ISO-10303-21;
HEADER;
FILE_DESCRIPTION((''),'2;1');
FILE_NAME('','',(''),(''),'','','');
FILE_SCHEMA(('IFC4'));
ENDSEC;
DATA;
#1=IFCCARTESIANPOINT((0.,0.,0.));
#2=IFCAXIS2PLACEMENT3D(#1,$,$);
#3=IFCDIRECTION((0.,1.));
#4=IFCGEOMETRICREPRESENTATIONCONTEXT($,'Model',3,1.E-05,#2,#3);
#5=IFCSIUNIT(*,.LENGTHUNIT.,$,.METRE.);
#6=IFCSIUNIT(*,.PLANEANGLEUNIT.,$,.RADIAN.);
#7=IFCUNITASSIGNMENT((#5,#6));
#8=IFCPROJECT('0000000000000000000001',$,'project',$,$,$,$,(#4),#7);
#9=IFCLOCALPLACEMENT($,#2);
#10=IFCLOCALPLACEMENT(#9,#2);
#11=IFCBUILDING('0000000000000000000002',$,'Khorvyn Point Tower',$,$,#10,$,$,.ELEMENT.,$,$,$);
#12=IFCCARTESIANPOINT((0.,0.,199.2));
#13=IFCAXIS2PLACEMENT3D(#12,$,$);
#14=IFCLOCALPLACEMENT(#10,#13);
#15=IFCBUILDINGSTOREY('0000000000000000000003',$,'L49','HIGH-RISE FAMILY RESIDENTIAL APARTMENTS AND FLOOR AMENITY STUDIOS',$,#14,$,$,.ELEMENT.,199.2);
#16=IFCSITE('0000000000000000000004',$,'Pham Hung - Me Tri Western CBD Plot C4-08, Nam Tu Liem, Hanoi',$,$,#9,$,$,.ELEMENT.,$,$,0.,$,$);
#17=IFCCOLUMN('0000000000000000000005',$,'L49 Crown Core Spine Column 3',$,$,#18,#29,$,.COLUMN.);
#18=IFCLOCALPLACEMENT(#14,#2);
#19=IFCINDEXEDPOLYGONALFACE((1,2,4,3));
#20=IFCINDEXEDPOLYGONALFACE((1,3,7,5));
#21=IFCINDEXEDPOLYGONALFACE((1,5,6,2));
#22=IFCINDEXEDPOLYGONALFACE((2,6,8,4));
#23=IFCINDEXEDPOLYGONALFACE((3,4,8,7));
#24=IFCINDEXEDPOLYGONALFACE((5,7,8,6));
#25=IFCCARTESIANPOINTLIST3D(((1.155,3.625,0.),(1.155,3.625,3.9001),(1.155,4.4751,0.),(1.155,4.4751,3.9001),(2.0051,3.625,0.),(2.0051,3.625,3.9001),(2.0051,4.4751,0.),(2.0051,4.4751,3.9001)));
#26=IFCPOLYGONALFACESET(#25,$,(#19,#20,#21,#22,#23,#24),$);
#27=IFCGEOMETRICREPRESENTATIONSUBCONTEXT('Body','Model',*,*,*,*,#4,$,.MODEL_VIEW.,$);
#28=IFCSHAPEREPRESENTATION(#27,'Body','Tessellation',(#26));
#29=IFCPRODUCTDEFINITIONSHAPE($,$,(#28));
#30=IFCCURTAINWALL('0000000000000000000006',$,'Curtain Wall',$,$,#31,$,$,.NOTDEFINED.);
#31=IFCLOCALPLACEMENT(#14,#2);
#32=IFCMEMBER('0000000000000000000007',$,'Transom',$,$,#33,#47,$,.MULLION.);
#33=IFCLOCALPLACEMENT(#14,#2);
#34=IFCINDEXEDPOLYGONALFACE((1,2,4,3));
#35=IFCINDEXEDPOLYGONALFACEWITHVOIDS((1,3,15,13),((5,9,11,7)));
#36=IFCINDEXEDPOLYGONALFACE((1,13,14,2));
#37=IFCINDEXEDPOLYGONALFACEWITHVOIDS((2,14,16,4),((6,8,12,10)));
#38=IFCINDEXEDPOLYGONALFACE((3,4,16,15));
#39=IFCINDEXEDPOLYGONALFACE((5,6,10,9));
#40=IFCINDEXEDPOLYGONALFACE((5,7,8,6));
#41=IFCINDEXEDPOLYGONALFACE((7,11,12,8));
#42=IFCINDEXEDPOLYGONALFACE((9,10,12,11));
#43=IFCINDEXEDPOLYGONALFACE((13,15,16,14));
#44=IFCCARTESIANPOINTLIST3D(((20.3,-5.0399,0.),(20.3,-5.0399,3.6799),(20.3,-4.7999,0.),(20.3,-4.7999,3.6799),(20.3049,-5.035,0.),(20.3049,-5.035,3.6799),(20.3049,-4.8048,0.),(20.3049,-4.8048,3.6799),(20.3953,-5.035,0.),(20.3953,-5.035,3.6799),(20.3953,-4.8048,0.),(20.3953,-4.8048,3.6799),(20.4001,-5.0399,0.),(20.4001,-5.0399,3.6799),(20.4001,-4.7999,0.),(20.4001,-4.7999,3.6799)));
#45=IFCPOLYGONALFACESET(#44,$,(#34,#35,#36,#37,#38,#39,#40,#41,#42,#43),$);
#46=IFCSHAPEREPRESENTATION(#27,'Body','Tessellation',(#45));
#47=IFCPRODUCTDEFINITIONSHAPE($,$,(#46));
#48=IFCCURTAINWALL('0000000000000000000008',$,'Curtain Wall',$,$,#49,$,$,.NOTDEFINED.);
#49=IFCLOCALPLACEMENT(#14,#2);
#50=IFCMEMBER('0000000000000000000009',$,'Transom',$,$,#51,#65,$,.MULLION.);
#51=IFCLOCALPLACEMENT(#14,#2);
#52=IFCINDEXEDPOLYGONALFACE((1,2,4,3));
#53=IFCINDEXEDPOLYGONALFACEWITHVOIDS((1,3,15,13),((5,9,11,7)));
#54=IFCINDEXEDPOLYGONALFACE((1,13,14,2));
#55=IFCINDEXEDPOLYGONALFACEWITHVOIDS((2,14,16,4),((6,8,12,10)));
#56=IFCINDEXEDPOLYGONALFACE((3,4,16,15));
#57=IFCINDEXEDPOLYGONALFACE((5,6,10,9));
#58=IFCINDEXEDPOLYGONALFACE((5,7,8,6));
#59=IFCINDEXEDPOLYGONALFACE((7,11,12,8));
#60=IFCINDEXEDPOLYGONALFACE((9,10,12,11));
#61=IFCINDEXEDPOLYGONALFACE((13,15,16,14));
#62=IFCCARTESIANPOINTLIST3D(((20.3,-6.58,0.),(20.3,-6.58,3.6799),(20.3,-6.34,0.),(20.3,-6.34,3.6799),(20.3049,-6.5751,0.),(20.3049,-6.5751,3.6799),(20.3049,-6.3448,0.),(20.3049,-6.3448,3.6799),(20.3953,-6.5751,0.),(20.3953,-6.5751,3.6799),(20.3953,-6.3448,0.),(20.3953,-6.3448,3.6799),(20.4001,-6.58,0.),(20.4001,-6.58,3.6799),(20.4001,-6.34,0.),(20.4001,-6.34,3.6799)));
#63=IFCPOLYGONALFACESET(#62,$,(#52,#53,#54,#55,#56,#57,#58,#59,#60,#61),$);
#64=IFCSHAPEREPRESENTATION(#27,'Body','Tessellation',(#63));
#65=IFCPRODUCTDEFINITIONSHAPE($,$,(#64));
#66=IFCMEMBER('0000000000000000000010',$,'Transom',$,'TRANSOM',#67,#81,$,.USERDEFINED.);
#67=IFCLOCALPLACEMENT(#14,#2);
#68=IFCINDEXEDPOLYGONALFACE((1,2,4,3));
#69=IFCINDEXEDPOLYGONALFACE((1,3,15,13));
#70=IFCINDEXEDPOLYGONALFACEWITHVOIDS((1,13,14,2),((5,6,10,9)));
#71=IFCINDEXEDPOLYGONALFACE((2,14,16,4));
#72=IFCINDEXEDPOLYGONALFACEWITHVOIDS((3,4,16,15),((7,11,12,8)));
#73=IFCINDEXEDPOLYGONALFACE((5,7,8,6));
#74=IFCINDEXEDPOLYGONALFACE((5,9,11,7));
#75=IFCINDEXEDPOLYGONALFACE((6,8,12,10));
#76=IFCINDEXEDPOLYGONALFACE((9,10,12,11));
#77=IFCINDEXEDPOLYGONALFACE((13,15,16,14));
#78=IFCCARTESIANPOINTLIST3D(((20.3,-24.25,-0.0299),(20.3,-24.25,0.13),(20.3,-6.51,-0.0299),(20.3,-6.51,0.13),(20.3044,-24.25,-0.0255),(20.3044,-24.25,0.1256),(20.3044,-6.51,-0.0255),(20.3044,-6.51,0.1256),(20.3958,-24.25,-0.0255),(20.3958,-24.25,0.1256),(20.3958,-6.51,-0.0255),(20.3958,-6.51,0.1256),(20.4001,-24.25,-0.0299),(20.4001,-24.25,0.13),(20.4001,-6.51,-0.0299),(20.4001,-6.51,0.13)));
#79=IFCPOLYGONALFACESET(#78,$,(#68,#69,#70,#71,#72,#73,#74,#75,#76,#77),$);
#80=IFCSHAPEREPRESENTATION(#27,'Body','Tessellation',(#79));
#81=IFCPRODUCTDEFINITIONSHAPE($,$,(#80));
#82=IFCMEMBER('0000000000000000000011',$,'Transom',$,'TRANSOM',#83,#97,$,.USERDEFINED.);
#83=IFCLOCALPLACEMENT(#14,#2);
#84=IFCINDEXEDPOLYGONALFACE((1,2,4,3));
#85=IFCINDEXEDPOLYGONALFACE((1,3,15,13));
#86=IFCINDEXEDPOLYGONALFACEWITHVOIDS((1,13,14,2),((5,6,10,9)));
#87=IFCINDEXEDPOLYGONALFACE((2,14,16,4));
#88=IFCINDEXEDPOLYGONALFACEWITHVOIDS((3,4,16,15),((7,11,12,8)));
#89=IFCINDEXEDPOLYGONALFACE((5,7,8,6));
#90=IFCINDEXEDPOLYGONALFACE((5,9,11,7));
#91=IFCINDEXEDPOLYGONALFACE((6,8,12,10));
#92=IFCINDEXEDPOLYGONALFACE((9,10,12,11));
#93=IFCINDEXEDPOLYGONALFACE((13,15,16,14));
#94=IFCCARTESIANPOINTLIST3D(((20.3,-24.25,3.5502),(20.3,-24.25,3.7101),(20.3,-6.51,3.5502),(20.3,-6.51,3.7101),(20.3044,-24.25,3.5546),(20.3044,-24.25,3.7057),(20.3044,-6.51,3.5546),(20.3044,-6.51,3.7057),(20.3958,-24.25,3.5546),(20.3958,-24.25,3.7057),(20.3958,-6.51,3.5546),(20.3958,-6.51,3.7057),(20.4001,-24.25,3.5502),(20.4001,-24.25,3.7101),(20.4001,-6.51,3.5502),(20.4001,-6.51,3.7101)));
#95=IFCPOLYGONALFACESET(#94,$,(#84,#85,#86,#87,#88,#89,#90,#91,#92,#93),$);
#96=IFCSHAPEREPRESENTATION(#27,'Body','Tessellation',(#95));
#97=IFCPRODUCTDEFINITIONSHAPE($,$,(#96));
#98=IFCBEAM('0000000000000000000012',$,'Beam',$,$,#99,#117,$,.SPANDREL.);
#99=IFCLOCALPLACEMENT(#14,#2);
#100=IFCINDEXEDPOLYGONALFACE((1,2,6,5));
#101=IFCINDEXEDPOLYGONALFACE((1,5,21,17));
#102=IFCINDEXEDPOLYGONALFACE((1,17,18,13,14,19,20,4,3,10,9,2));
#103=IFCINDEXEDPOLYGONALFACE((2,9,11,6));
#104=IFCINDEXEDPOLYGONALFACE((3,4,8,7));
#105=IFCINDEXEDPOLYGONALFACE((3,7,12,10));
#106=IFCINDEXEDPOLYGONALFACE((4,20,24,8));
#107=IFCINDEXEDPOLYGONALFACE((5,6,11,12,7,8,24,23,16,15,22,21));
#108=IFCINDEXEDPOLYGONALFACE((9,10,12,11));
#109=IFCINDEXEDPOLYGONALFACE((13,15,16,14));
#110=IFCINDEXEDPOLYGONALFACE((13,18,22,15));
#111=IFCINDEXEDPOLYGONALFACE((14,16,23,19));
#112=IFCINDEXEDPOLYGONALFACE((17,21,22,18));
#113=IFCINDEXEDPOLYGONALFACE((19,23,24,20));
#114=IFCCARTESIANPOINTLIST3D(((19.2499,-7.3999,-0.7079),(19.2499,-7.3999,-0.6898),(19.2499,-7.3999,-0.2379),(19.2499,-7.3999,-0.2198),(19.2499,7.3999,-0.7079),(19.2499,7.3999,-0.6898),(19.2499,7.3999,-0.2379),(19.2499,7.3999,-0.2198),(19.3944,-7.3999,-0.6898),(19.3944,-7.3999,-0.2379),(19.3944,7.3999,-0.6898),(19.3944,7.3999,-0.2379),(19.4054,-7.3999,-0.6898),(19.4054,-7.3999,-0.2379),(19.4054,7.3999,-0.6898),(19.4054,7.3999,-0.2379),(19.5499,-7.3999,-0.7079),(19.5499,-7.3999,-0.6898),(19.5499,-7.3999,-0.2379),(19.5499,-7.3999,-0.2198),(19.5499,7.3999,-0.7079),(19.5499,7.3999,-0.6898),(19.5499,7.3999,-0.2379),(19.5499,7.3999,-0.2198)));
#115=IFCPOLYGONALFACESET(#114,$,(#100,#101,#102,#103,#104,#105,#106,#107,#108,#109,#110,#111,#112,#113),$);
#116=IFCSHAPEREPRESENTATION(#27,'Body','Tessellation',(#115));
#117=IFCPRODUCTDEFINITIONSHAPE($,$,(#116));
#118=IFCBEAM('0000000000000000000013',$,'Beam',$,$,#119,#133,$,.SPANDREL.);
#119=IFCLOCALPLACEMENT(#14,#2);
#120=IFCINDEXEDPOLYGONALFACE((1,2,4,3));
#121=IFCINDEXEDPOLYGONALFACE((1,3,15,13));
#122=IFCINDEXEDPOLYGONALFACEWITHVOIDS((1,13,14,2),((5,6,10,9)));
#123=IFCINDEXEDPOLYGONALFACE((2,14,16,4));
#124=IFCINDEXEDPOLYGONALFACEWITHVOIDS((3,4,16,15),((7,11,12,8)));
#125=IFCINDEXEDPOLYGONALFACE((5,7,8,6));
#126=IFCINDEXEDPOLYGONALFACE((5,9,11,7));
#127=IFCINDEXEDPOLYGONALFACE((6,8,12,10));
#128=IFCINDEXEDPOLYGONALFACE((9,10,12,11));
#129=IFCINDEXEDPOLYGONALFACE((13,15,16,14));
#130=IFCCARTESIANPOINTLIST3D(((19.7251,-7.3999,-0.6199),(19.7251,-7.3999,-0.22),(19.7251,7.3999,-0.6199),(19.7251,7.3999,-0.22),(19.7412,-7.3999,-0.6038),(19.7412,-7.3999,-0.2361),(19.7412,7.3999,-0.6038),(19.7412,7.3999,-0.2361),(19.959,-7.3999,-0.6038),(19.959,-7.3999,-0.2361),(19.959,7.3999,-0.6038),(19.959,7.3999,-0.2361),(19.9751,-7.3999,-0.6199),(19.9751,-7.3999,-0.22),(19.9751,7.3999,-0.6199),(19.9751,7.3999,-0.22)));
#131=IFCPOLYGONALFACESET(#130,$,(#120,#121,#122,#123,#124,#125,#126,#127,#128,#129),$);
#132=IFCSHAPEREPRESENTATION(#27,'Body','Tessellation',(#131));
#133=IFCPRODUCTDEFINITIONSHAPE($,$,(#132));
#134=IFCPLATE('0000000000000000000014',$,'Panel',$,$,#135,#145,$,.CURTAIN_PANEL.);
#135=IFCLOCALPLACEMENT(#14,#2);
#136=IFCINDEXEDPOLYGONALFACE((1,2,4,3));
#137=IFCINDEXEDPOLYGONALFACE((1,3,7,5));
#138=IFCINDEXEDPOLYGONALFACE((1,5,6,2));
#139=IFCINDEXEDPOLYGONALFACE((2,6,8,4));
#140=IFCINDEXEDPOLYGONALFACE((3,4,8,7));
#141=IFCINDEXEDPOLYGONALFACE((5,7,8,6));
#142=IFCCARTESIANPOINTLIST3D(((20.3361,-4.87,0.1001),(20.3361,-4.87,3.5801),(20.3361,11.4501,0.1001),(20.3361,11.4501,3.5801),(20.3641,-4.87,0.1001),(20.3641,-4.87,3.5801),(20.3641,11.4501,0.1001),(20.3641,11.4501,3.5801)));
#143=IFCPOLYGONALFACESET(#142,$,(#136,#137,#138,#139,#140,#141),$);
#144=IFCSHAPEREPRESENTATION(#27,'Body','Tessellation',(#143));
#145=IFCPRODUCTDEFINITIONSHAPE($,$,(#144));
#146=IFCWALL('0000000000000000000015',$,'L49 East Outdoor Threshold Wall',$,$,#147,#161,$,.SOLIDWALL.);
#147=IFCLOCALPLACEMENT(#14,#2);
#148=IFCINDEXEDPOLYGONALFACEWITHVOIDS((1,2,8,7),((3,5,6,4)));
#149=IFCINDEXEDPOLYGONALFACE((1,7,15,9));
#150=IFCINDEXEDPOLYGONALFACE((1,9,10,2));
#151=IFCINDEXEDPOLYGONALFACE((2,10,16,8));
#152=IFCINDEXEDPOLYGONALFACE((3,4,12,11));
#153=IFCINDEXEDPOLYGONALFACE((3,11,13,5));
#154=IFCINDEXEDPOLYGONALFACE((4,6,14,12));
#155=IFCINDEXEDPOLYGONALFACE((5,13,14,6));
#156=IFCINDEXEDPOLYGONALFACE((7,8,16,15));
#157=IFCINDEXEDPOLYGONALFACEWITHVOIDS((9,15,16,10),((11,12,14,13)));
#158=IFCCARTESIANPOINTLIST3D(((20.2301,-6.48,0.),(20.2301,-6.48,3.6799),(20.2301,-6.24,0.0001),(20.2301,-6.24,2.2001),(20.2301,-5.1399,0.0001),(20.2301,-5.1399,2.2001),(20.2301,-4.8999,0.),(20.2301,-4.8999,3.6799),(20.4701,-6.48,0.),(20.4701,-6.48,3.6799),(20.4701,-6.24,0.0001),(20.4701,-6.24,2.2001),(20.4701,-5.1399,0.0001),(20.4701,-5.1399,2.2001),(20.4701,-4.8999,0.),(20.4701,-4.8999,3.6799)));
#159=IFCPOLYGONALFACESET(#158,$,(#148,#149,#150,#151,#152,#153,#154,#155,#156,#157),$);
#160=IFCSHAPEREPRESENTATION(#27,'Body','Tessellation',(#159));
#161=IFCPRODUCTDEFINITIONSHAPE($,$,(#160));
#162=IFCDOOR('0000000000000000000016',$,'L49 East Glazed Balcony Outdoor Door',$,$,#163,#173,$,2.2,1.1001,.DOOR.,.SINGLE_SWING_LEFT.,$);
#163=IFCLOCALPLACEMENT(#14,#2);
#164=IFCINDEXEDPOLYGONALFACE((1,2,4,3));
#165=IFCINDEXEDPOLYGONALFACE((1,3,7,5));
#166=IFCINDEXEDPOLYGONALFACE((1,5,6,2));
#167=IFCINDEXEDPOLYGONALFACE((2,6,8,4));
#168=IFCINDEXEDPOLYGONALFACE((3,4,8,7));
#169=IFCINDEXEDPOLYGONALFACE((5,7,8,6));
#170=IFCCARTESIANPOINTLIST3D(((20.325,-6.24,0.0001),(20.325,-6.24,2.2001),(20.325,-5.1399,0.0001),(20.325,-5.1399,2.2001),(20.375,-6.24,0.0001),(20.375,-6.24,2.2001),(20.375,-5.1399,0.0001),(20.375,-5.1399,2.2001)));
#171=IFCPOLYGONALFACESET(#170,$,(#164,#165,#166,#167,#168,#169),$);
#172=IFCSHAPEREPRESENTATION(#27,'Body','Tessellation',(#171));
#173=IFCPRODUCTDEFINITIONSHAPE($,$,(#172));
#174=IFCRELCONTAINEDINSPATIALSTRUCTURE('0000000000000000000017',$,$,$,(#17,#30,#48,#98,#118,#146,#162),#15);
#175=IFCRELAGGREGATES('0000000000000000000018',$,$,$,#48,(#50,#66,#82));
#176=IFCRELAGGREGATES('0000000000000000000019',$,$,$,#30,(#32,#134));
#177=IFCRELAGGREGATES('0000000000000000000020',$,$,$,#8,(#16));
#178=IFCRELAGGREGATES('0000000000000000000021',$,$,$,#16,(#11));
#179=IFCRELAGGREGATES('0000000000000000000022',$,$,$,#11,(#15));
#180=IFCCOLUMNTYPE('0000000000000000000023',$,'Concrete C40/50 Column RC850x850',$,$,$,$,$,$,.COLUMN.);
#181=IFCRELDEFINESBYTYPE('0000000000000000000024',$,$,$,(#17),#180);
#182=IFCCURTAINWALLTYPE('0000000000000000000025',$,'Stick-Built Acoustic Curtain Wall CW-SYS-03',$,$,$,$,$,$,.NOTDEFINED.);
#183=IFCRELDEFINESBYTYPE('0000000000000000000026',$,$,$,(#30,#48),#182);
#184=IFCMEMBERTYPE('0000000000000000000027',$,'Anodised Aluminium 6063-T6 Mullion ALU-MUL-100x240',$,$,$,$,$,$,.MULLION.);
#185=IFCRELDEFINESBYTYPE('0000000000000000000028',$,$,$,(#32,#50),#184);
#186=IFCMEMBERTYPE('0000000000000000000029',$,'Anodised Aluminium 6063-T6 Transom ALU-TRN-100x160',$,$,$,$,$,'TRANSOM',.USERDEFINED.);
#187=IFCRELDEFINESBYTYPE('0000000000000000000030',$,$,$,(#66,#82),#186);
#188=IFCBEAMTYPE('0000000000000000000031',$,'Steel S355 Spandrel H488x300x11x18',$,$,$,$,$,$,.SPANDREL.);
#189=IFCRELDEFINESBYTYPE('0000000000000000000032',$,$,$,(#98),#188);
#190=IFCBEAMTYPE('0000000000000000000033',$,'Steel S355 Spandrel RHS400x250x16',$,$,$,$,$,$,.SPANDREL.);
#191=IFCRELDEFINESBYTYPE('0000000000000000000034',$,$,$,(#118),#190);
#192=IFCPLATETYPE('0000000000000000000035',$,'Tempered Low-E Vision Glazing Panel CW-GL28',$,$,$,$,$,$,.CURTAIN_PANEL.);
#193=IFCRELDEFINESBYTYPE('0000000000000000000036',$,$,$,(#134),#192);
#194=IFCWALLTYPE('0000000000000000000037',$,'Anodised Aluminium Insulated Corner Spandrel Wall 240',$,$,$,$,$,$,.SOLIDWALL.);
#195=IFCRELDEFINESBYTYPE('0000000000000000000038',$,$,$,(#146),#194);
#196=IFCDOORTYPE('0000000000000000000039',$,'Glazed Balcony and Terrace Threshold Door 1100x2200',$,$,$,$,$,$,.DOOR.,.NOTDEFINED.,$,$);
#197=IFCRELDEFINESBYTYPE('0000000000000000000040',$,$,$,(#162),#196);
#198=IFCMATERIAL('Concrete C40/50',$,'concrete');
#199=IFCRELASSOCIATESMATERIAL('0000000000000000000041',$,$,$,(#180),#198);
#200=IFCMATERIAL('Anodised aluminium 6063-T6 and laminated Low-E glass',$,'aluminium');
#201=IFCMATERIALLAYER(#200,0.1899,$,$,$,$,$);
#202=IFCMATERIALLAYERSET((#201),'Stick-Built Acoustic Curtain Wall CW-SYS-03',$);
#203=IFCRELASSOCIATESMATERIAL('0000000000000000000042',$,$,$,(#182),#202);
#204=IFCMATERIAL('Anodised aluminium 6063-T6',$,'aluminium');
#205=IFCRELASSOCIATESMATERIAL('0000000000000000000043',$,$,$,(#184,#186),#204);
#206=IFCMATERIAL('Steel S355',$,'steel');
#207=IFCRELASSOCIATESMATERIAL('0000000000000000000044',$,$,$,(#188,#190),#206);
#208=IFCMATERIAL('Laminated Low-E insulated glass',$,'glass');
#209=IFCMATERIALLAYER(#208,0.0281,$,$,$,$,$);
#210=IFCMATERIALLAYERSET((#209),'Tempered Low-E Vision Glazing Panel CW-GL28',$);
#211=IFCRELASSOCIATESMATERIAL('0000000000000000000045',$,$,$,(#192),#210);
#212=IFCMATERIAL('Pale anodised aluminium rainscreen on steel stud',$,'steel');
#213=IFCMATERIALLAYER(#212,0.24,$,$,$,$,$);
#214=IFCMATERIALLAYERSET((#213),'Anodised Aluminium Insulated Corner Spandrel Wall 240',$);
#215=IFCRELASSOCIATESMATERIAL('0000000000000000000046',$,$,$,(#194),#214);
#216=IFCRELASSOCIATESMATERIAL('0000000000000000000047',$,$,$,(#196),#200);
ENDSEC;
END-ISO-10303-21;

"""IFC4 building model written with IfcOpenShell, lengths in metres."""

from ifc_helpers import new_model, si_unit, direction, frame, frame_2d, origin, origin_2d, place, context, subcontext, project, spatial, rectangle, hollow_rectangle, i_section, extrude, material, layer, layer_set, material_profile, profile_set, type_object, element, fill, aggregate, save


model = new_model("IFC4")

# Units and contexts
model_context = context("Model", 3, precision=1e-05, world=origin(), true_north=direction((0.0, 1.0)))
body_context = subcontext(model_context, "Body", "Model", "MODEL_VIEW")
ifc_project = project(units=[si_unit("LENGTHUNIT", "METRE"), si_unit("PLANEANGLEUNIT", "RADIAN")], contexts=[model_context])

# Site, building, storey
site_placement = place(None, origin())
site = spatial("IfcSite", under=ifc_project, at=site_placement, Name="Pham Hung - Me Tri Western CBD Plot C4-08, Nam Tu Liem, Hanoi", CompositionType="ELEMENT", RefElevation=0.0)
building_placement = place(site_placement, origin())
building = spatial("IfcBuilding", under=site, at=building_placement, Name="Khorvyn Point Tower", CompositionType="ELEMENT")
storey_placement = place(building_placement, frame((0.0, 0.0, 199.2)))
storey = spatial("IfcBuildingStorey", under=building, at=storey_placement, Name="L49", Description="HIGH-RISE FAMILY RESIDENTIAL APARTMENTS AND FLOOR AMENITY STUDIOS", CompositionType="ELEMENT", Elevation=199.2)

# Column
ifc_material_1 = material(Name="Concrete C40/50", Category="concrete")
ifc_material_profile_1 = material_profile(ifc_material_1, rectangle(XDim=0.8501, YDim=0.8501, at=origin_2d()))
ifc_profile_set_1 = profile_set([ifc_material_profile_1], Name="Concrete C40/50 RC850x850")
column_type = type_object("IfcColumnType", Name="Concrete C40/50 Column RC850x850", PredefinedType="COLUMN", material=ifc_profile_set_1)
column_placement = place(storey_placement, frame((1.5801, 4.05, 0.0), z_axis=(0.0, 0.0, 1.0), x_axis=(1.0, 0.0, 0.0)))
element("IfcColumn", 1, at=column_placement, inside=storey, type_object=column_type, Name="L49 Crown Core Spine Column 3", PredefinedType="COLUMN", context=body_context, shape_type="SweptSolid", body=[
    extrude(rectangle(XDim=0.8501, YDim=0.8501, at=origin_2d()), origin(), (0.0, 0.0, 1.0), 3.9001),
])

# Curtain wall, member
ifc_material_2 = material(Name="Anodised aluminium 6063-T6 and laminated Low-E glass", Category="aluminium")
ifc_layer_1 = layer(ifc_material_2, 0.1899)
ifc_layer_set_1 = layer_set([ifc_layer_1], Name="Stick-Built Acoustic Curtain Wall CW-SYS-03")
curtain_wall_type = type_object("IfcCurtainWallType", Name="Stick-Built Acoustic Curtain Wall CW-SYS-03", PredefinedType="NOTDEFINED", material=ifc_layer_set_1)
curtain_wall_1_placement = place(storey_placement, origin())
curtain_wall_1 = element("IfcCurtainWall", 2, at=curtain_wall_1_placement, inside=storey, type_object=curtain_wall_type, Name="Curtain Wall", PredefinedType="NOTDEFINED")
ifc_material_3 = material(Name="Anodised aluminium 6063-T6", Category="aluminium")
ifc_material_profile_2 = material_profile(ifc_material_3, hollow_rectangle(XDim=0.1001, YDim=0.24, WallThickness=0.0049, at=origin_2d()))
ifc_profile_set_2 = profile_set([ifc_material_profile_2], Name="Anodised aluminium 6063-T6 ALU-MUL-100x240")
member_type_1 = type_object("IfcMemberType", Name="Anodised Aluminium 6063-T6 Mullion ALU-MUL-100x240", PredefinedType="MULLION", material=ifc_profile_set_2)
member_1_placement = place(storey_placement, frame((20.3501, -4.9199, 0.0), z_axis=(0.0, 0.0, 1.0), x_axis=(1.0, 0.0, 0.0)))
member_1 = element("IfcMember", 3, at=member_1_placement, type_object=member_type_1, Name="Transom", PredefinedType="MULLION", context=body_context, shape_type="SweptSolid", body=[
    extrude(hollow_rectangle(XDim=0.1001, YDim=0.24, WallThickness=0.0049, at=origin_2d()), origin(), (0.0, 0.0, 1.0), 3.6799),
])

# Curtain wall, members
curtain_wall_2_placement = place(storey_placement, origin())
curtain_wall_2 = element("IfcCurtainWall", 4, at=curtain_wall_2_placement, inside=storey, type_object=curtain_wall_type, Name="Curtain Wall", PredefinedType="NOTDEFINED")
member_2_placement = place(storey_placement, frame((20.3501, -6.46, 0.0), z_axis=(0.0, 0.0, 1.0), x_axis=(1.0, 0.0, 0.0)))
member_2 = element("IfcMember", 5, at=member_2_placement, type_object=member_type_1, Name="Transom", PredefinedType="MULLION", context=body_context, shape_type="SweptSolid", body=[
    extrude(hollow_rectangle(XDim=0.1001, YDim=0.24, WallThickness=0.0049, at=origin_2d()), origin(), (0.0, 0.0, 1.0), 3.6799),
])
ifc_material_profile_3 = material_profile(ifc_material_3, hollow_rectangle(XDim=0.1001, YDim=0.1599, WallThickness=0.0044, at=origin_2d()))
ifc_profile_set_3 = profile_set([ifc_material_profile_3], Name="Anodised aluminium 6063-T6 ALU-TRN-100x160")
member_type_2 = type_object("IfcMemberType", Name="Anodised Aluminium 6063-T6 Transom ALU-TRN-100x160", ElementType="TRANSOM", PredefinedType="USERDEFINED", material=ifc_profile_set_3)
member_3_placement = place(storey_placement, frame((20.3501, -6.51, 0.05), z_axis=(0.0, -1.0, 0.0), x_axis=(1.0, 0.0, 0.0)))
member_3 = element("IfcMember", 6, at=member_3_placement, type_object=member_type_2, Name="Transom", ObjectType="TRANSOM", PredefinedType="USERDEFINED", context=body_context, shape_type="SweptSolid", body=[
    extrude(hollow_rectangle(XDim=0.1001, YDim=0.1599, WallThickness=0.0044, at=origin_2d()), origin(), (0.0, 0.0, 1.0), 17.74),
])
member_4_placement = place(storey_placement, frame((20.3501, -6.51, 3.6301), z_axis=(0.0, -1.0, 0.0), x_axis=(1.0, 0.0, 0.0)))
member_4 = element("IfcMember", 7, at=member_4_placement, type_object=member_type_2, Name="Transom", ObjectType="TRANSOM", PredefinedType="USERDEFINED", context=body_context, shape_type="SweptSolid", body=[
    extrude(hollow_rectangle(XDim=0.1001, YDim=0.1599, WallThickness=0.0044, at=origin_2d()), origin(), (0.0, 0.0, 1.0), 17.74),
])
aggregate(curtain_wall_2, [member_2, member_3, member_4])

# Beams
ifc_material_4 = material(Name="Steel S355", Category="steel")
ifc_material_profile_4 = material_profile(ifc_material_4, i_section(OverallWidth=0.3, OverallDepth=0.488, WebThickness=0.011, FlangeThickness=0.0181, at=origin_2d()))
ifc_profile_set_4 = profile_set([ifc_material_profile_4], Name="Steel S355 H488x300x11x18")
beam_type_1 = type_object("IfcBeamType", Name="Steel S355 Spandrel H488x300x11x18", PredefinedType="SPANDREL", material=ifc_profile_set_4)
beam_1_placement = place(storey_placement, frame((19.3999, -7.3999, -0.4639), z_axis=(0.0, 1.0, 0.0), x_axis=(-1.0, 0.0, 0.0)))
element("IfcBeam", 8, at=beam_1_placement, inside=storey, type_object=beam_type_1, Name="Beam", PredefinedType="SPANDREL", context=body_context, shape_type="SweptSolid", body=[
    extrude(i_section(OverallWidth=0.3, OverallDepth=0.488, WebThickness=0.011, FlangeThickness=0.0181, at=origin_2d()), origin(), (0.0, 0.0, 1.0), 14.7998),
])
ifc_material_profile_5 = material_profile(ifc_material_4, hollow_rectangle(XDim=0.25, YDim=0.3999, WallThickness=0.0161, at=origin_2d()))
ifc_profile_set_5 = profile_set([ifc_material_profile_5], Name="Steel S355 RHS400x250x16")
beam_type_2 = type_object("IfcBeamType", Name="Steel S355 Spandrel RHS400x250x16", PredefinedType="SPANDREL", material=ifc_profile_set_5)
beam_2_placement = place(storey_placement, frame((19.8501, -7.3999, -0.4199), z_axis=(0.0, 1.0, 0.0), x_axis=(-1.0, 0.0, 0.0)))
element("IfcBeam", 9, at=beam_2_placement, inside=storey, type_object=beam_type_2, Name="Beam", PredefinedType="SPANDREL", context=body_context, shape_type="SweptSolid", body=[
    extrude(hollow_rectangle(XDim=0.25, YDim=0.3999, WallThickness=0.0161, at=origin_2d()), origin(), (0.0, 0.0, 1.0), 14.7998),
])

# Plate
ifc_material_5 = material(Name="Laminated Low-E insulated glass", Category="glass")
ifc_layer_2 = layer(ifc_material_5, 0.0281)
ifc_layer_set_2 = layer_set([ifc_layer_2], Name="Tempered Low-E Vision Glazing Panel CW-GL28")
plate_type = type_object("IfcPlateType", Name="Tempered Low-E Vision Glazing Panel CW-GL28", PredefinedType="CURTAIN_PANEL", material=ifc_layer_set_2)
plate_placement = place(storey_placement, frame((20.3501, 3.29, 0.1001), z_axis=(0.0, 0.0, 1.0), x_axis=(0.0, -1.0, 0.0)))
plate = element("IfcPlate", 10, at=plate_placement, type_object=plate_type, Name="Panel", PredefinedType="CURTAIN_PANEL", context=body_context, shape_type="SweptSolid", body=[
    extrude(rectangle(XDim=16.3201, YDim=0.0281, at=origin_2d()), origin(), (0.0, 0.0, 1.0), 3.48),
])
aggregate(curtain_wall_1, [member_1, plate])

# Wall, opening, door
ifc_material_6 = material(Name="Pale anodised aluminium rainscreen on steel stud", Category="steel")
ifc_layer_3 = layer(ifc_material_6, 0.24)
ifc_layer_set_3 = layer_set([ifc_layer_3], Name="Anodised Aluminium Insulated Corner Spandrel Wall 240")
wall_type_1 = type_object("IfcWallType", Name="Anodised Aluminium Insulated Corner Spandrel Wall 240", PredefinedType="SOLIDWALL", material=ifc_layer_set_3)
wall_1_placement = place(storey_placement, frame((20.3501, -4.8999, 0.0), z_axis=(0.0, 0.0, 1.0), x_axis=(0.0, -1.0, 0.0)))
wall_1 = element("IfcWall", 11, at=wall_1_placement, inside=storey, type_object=wall_type_1, Name="L49 East Outdoor Threshold Wall", PredefinedType="SOLIDWALL", context=body_context, shape_type="SweptSolid", body=[
    extrude(rectangle(XDim=1.5801, YDim=0.24, at=frame_2d((0.79, 0.0))), origin(), (0.0, 0.0, 1.0), 3.6799),
])
opening_1_placement = place(wall_1_placement, frame((0.24, 0.0, 0.0)))
opening_1 = element("IfcOpeningElement", 12, at=opening_1_placement, cuts=wall_1, PredefinedType="OPENING", context=body_context, shape_type="SweptSolid", body=[
    extrude(rectangle(XDim=1.1001, YDim=2.2, at=frame_2d((0.55, 1.1001))), frame((0.0, 0.1299, 0.0), z_axis=(0.0, -1.0, 0.0), x_axis=(1.0, 0.0, 0.0)), (0.0, 0.0, 1.0), 0.26),
])
door_type_1 = type_object("IfcDoorType", Name="Glazed Balcony and Terrace Threshold Door 1100x2200", OperationType="NOTDEFINED", PredefinedType="DOOR", material=ifc_material_2)
door_1_placement = place(opening_1_placement, origin())
door_1 = element("IfcDoor", 13, at=door_1_placement, inside=storey, type_object=door_type_1, Name="L49 East Glazed Balcony Outdoor Door", OperationType="SINGLE_SWING_LEFT", OverallHeight=2.2, OverallWidth=1.1001, PredefinedType="DOOR", context=body_context, shape_type="SweptSolid", body=[
    extrude(rectangle(XDim=1.1001, YDim=2.2, at=frame_2d((0.55, 1.1001))), frame((0.0, 0.0249, 0.0), z_axis=(0.0, -1.0, 0.0), x_axis=(1.0, 0.0, 0.0)), (0.0, 0.0, 1.0), 0.05),
])
fill(opening_1, door_1)

save(model, "model.ifc")
